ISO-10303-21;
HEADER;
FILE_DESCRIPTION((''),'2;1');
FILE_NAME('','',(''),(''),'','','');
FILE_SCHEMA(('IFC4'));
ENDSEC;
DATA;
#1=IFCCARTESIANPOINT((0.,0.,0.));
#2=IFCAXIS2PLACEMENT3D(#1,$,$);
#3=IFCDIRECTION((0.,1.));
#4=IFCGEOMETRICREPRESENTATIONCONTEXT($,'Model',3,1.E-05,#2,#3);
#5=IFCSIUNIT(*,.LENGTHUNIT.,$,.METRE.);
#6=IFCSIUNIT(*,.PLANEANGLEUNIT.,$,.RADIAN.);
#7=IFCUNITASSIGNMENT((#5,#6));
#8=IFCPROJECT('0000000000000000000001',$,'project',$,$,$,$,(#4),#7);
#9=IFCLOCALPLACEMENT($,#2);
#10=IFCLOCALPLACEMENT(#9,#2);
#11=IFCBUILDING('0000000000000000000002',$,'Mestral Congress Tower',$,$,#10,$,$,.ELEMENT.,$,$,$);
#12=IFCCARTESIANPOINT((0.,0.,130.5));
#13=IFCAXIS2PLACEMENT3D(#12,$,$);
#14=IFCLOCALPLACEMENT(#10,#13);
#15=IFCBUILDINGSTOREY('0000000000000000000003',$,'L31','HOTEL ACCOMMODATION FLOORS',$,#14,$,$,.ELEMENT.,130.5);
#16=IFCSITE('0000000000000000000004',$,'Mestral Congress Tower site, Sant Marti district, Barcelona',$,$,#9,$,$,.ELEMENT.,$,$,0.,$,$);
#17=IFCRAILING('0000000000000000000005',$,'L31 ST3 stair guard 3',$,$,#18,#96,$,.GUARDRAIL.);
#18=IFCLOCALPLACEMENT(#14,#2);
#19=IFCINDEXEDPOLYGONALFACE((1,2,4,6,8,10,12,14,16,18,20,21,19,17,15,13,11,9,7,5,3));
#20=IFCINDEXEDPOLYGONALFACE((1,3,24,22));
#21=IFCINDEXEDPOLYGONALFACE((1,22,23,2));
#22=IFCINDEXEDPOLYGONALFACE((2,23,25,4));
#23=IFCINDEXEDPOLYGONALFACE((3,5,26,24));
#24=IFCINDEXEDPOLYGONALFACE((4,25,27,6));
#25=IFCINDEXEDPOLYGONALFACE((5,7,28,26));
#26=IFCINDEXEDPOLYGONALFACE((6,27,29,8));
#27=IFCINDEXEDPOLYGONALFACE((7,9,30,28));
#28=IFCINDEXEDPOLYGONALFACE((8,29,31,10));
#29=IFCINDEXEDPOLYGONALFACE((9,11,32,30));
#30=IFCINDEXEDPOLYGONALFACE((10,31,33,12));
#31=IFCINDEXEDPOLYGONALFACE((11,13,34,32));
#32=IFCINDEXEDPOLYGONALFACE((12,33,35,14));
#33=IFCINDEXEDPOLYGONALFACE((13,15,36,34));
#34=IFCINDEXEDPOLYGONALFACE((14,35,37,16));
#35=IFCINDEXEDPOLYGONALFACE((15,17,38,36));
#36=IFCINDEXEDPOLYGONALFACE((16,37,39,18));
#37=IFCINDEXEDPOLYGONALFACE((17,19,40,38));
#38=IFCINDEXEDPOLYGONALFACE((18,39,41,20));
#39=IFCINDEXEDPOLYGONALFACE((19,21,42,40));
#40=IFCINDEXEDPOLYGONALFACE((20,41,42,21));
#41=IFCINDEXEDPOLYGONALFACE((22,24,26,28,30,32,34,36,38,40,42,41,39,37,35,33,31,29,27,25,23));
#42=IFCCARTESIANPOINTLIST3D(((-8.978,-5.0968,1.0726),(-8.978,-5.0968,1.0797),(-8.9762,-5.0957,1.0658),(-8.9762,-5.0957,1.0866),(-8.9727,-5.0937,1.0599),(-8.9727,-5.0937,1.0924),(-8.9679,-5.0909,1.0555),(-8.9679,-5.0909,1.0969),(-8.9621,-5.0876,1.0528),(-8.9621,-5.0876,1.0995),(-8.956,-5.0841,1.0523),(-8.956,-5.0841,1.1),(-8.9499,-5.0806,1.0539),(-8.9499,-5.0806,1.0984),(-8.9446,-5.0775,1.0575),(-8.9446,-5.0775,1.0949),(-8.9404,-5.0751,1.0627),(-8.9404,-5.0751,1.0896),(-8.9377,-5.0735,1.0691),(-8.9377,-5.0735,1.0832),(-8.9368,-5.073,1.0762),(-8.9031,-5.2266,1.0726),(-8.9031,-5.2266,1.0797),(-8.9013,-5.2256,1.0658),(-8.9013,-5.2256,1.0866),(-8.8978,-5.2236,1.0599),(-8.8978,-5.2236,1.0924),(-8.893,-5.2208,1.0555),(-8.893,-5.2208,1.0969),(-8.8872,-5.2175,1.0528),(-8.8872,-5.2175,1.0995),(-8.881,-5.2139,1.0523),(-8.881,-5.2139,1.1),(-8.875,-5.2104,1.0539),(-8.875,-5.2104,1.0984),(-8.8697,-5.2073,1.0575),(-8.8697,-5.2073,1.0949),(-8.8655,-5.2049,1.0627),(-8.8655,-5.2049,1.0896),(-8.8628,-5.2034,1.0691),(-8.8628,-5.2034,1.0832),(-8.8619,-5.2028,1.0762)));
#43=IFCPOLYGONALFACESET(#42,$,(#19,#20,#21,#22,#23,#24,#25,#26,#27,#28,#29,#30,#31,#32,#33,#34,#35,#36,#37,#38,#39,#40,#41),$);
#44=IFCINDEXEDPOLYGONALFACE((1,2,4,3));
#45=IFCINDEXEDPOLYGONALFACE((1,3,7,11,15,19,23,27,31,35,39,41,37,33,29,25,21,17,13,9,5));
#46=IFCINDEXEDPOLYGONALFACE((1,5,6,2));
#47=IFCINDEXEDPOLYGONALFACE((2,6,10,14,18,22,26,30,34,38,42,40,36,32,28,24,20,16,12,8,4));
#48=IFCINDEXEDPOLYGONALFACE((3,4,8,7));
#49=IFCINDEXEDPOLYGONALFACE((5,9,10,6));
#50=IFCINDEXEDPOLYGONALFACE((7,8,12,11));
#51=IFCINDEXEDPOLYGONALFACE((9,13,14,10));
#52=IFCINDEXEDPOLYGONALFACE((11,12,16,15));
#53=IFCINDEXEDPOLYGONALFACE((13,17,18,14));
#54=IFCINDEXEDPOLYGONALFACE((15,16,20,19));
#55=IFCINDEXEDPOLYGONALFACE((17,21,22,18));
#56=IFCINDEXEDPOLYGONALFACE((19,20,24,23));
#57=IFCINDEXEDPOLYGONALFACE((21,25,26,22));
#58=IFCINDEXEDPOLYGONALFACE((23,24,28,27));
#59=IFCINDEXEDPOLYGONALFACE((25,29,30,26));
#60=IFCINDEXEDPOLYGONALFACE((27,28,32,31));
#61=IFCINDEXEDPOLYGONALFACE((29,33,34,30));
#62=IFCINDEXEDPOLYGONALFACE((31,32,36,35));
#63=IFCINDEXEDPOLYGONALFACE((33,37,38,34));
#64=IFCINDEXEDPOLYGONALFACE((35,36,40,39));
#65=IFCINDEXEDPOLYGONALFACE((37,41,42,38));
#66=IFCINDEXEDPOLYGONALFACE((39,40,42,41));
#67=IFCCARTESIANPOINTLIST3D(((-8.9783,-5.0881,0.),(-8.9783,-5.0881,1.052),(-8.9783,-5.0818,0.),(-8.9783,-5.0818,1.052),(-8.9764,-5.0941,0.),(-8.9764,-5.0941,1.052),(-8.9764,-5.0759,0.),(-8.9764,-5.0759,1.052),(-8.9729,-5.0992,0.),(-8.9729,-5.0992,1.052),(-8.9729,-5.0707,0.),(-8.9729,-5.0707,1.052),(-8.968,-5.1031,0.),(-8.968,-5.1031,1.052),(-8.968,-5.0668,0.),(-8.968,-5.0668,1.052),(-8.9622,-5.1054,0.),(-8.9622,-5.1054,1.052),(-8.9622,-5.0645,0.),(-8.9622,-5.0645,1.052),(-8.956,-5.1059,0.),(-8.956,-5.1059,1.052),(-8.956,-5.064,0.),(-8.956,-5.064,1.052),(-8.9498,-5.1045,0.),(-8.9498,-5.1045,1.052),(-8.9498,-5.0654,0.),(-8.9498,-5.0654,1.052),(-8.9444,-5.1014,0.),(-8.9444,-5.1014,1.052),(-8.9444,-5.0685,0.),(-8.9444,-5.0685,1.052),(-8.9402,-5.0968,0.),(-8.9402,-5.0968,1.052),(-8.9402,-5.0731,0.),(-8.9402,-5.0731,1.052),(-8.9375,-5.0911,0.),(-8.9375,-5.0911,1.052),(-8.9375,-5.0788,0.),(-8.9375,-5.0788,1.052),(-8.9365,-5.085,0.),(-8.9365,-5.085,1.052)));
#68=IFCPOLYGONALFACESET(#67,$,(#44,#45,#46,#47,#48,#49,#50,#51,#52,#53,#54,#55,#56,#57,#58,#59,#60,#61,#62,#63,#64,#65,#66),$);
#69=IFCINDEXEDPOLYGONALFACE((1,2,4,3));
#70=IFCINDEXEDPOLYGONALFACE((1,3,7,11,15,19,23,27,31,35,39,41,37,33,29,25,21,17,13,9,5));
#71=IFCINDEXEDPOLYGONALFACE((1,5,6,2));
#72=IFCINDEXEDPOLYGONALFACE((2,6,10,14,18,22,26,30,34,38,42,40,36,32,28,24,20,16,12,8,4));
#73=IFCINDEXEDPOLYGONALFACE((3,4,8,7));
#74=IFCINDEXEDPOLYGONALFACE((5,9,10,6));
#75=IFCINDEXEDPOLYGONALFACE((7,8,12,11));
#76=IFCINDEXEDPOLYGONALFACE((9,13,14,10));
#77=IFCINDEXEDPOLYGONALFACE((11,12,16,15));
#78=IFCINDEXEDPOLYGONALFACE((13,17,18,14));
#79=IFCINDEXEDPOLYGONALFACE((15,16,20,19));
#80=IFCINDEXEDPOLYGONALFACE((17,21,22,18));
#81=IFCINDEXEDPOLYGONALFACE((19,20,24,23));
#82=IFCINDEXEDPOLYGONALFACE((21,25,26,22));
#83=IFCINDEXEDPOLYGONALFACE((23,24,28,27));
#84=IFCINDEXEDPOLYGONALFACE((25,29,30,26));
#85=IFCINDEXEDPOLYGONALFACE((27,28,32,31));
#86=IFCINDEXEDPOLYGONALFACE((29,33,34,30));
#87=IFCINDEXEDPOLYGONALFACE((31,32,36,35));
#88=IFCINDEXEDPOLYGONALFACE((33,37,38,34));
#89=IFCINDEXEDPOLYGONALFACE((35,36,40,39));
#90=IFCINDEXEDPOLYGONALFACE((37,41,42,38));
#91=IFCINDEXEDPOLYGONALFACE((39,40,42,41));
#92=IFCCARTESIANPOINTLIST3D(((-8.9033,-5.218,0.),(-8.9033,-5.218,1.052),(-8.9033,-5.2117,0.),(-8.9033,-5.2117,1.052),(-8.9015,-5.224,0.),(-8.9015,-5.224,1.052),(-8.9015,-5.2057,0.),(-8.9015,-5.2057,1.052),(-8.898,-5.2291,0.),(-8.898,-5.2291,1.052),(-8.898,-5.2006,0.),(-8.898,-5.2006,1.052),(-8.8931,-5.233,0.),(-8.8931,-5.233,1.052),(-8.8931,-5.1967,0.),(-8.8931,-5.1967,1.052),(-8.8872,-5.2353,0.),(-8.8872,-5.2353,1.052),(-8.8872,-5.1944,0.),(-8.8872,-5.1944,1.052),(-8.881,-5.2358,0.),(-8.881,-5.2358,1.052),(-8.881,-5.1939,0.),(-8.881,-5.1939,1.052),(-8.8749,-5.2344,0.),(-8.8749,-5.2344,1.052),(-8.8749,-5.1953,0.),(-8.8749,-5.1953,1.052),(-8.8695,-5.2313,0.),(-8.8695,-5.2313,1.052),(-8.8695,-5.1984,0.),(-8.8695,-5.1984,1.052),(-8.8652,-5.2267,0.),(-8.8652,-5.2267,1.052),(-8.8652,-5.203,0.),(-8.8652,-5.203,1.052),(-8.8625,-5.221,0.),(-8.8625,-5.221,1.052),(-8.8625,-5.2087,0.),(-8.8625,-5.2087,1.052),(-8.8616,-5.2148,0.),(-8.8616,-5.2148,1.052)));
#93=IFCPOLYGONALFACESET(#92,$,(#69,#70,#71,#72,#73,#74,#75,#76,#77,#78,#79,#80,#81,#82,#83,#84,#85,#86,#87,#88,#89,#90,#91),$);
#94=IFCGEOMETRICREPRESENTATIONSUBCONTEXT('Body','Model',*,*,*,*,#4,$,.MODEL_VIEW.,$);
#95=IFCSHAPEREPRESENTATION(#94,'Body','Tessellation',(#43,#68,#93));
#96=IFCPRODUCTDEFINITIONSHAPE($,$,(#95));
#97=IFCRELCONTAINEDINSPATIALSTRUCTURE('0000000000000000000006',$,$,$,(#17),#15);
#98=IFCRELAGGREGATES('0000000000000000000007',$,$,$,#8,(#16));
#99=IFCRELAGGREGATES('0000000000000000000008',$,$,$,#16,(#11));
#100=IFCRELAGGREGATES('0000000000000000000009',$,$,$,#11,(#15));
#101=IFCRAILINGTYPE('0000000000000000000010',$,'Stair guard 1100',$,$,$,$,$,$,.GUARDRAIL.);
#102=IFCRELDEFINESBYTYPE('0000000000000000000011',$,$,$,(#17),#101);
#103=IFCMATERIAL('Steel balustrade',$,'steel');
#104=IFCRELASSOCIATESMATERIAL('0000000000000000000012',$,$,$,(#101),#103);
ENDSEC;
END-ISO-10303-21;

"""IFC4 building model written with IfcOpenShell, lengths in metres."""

from ifc_helpers import new_model, si_unit, direction, frame, origin, origin_2d, place, context, subcontext, project, spatial, circle, extrude, material, type_object, element, save


model = new_model("IFC4")

# Units and contexts
model_context = context("Model", 3, precision=1e-05, world=origin(), true_north=direction((0.0, 1.0)))
body_context = subcontext(model_context, "Body", "Model", "MODEL_VIEW")
ifc_project = project(units=[si_unit("LENGTHUNIT", "METRE"), si_unit("PLANEANGLEUNIT", "RADIAN")], contexts=[model_context])

# Site, building, storey
site_placement = place(None, origin())
site = spatial("IfcSite", under=ifc_project, at=site_placement, Name="Mestral Congress Tower site, Sant Marti district, Barcelona", CompositionType="ELEMENT", RefElevation=0.0)
building_placement = place(site_placement, origin())
building = spatial("IfcBuilding", under=site, at=building_placement, Name="Mestral Congress Tower", CompositionType="ELEMENT")
storey_placement = place(building_placement, frame((0.0, 0.0, 130.5)))
storey = spatial("IfcBuildingStorey", under=building, at=storey_placement, Name="L31", Description="HOTEL ACCOMMODATION FLOORS", CompositionType="ELEMENT", Elevation=130.5)

# Railing
ifc_material_1 = material(Name="Steel balustrade", Category="steel")
railing_type_1 = type_object("IfcRailingType", Name="Stair guard 1100", PredefinedType="GUARDRAIL", material=ifc_material_1)
railing_1_placement = place(storey_placement, frame((-8.9575, -5.085, 0.0)))
element("IfcRailing", 1, at=railing_1_placement, inside=storey, type_object=railing_type_1, Name="L31 ST3 stair guard 3", PredefinedType="GUARDRAIL", context=body_context, shape_type="SweptSolid", body=[
    extrude(circle(Radius=0.0239, at=origin_2d()), frame((0.0, 0.0, 1.0762), z_axis=(0.499816, -0.866131, 0.0), x_axis=(0.866131, 0.499816, 0.0)), (0.0, 0.0, 1.0), 0.1499),
    extrude(circle(Radius=0.021, at=origin_2d()), origin(), (0.0, 0.0, 1.0), 1.052),
    extrude(circle(Radius=0.021, at=origin_2d()), frame((0.075, -0.1299, 0.0)), (0.0, 0.0, 1.0), 1.052),
])

save(model, "model.ifc")
